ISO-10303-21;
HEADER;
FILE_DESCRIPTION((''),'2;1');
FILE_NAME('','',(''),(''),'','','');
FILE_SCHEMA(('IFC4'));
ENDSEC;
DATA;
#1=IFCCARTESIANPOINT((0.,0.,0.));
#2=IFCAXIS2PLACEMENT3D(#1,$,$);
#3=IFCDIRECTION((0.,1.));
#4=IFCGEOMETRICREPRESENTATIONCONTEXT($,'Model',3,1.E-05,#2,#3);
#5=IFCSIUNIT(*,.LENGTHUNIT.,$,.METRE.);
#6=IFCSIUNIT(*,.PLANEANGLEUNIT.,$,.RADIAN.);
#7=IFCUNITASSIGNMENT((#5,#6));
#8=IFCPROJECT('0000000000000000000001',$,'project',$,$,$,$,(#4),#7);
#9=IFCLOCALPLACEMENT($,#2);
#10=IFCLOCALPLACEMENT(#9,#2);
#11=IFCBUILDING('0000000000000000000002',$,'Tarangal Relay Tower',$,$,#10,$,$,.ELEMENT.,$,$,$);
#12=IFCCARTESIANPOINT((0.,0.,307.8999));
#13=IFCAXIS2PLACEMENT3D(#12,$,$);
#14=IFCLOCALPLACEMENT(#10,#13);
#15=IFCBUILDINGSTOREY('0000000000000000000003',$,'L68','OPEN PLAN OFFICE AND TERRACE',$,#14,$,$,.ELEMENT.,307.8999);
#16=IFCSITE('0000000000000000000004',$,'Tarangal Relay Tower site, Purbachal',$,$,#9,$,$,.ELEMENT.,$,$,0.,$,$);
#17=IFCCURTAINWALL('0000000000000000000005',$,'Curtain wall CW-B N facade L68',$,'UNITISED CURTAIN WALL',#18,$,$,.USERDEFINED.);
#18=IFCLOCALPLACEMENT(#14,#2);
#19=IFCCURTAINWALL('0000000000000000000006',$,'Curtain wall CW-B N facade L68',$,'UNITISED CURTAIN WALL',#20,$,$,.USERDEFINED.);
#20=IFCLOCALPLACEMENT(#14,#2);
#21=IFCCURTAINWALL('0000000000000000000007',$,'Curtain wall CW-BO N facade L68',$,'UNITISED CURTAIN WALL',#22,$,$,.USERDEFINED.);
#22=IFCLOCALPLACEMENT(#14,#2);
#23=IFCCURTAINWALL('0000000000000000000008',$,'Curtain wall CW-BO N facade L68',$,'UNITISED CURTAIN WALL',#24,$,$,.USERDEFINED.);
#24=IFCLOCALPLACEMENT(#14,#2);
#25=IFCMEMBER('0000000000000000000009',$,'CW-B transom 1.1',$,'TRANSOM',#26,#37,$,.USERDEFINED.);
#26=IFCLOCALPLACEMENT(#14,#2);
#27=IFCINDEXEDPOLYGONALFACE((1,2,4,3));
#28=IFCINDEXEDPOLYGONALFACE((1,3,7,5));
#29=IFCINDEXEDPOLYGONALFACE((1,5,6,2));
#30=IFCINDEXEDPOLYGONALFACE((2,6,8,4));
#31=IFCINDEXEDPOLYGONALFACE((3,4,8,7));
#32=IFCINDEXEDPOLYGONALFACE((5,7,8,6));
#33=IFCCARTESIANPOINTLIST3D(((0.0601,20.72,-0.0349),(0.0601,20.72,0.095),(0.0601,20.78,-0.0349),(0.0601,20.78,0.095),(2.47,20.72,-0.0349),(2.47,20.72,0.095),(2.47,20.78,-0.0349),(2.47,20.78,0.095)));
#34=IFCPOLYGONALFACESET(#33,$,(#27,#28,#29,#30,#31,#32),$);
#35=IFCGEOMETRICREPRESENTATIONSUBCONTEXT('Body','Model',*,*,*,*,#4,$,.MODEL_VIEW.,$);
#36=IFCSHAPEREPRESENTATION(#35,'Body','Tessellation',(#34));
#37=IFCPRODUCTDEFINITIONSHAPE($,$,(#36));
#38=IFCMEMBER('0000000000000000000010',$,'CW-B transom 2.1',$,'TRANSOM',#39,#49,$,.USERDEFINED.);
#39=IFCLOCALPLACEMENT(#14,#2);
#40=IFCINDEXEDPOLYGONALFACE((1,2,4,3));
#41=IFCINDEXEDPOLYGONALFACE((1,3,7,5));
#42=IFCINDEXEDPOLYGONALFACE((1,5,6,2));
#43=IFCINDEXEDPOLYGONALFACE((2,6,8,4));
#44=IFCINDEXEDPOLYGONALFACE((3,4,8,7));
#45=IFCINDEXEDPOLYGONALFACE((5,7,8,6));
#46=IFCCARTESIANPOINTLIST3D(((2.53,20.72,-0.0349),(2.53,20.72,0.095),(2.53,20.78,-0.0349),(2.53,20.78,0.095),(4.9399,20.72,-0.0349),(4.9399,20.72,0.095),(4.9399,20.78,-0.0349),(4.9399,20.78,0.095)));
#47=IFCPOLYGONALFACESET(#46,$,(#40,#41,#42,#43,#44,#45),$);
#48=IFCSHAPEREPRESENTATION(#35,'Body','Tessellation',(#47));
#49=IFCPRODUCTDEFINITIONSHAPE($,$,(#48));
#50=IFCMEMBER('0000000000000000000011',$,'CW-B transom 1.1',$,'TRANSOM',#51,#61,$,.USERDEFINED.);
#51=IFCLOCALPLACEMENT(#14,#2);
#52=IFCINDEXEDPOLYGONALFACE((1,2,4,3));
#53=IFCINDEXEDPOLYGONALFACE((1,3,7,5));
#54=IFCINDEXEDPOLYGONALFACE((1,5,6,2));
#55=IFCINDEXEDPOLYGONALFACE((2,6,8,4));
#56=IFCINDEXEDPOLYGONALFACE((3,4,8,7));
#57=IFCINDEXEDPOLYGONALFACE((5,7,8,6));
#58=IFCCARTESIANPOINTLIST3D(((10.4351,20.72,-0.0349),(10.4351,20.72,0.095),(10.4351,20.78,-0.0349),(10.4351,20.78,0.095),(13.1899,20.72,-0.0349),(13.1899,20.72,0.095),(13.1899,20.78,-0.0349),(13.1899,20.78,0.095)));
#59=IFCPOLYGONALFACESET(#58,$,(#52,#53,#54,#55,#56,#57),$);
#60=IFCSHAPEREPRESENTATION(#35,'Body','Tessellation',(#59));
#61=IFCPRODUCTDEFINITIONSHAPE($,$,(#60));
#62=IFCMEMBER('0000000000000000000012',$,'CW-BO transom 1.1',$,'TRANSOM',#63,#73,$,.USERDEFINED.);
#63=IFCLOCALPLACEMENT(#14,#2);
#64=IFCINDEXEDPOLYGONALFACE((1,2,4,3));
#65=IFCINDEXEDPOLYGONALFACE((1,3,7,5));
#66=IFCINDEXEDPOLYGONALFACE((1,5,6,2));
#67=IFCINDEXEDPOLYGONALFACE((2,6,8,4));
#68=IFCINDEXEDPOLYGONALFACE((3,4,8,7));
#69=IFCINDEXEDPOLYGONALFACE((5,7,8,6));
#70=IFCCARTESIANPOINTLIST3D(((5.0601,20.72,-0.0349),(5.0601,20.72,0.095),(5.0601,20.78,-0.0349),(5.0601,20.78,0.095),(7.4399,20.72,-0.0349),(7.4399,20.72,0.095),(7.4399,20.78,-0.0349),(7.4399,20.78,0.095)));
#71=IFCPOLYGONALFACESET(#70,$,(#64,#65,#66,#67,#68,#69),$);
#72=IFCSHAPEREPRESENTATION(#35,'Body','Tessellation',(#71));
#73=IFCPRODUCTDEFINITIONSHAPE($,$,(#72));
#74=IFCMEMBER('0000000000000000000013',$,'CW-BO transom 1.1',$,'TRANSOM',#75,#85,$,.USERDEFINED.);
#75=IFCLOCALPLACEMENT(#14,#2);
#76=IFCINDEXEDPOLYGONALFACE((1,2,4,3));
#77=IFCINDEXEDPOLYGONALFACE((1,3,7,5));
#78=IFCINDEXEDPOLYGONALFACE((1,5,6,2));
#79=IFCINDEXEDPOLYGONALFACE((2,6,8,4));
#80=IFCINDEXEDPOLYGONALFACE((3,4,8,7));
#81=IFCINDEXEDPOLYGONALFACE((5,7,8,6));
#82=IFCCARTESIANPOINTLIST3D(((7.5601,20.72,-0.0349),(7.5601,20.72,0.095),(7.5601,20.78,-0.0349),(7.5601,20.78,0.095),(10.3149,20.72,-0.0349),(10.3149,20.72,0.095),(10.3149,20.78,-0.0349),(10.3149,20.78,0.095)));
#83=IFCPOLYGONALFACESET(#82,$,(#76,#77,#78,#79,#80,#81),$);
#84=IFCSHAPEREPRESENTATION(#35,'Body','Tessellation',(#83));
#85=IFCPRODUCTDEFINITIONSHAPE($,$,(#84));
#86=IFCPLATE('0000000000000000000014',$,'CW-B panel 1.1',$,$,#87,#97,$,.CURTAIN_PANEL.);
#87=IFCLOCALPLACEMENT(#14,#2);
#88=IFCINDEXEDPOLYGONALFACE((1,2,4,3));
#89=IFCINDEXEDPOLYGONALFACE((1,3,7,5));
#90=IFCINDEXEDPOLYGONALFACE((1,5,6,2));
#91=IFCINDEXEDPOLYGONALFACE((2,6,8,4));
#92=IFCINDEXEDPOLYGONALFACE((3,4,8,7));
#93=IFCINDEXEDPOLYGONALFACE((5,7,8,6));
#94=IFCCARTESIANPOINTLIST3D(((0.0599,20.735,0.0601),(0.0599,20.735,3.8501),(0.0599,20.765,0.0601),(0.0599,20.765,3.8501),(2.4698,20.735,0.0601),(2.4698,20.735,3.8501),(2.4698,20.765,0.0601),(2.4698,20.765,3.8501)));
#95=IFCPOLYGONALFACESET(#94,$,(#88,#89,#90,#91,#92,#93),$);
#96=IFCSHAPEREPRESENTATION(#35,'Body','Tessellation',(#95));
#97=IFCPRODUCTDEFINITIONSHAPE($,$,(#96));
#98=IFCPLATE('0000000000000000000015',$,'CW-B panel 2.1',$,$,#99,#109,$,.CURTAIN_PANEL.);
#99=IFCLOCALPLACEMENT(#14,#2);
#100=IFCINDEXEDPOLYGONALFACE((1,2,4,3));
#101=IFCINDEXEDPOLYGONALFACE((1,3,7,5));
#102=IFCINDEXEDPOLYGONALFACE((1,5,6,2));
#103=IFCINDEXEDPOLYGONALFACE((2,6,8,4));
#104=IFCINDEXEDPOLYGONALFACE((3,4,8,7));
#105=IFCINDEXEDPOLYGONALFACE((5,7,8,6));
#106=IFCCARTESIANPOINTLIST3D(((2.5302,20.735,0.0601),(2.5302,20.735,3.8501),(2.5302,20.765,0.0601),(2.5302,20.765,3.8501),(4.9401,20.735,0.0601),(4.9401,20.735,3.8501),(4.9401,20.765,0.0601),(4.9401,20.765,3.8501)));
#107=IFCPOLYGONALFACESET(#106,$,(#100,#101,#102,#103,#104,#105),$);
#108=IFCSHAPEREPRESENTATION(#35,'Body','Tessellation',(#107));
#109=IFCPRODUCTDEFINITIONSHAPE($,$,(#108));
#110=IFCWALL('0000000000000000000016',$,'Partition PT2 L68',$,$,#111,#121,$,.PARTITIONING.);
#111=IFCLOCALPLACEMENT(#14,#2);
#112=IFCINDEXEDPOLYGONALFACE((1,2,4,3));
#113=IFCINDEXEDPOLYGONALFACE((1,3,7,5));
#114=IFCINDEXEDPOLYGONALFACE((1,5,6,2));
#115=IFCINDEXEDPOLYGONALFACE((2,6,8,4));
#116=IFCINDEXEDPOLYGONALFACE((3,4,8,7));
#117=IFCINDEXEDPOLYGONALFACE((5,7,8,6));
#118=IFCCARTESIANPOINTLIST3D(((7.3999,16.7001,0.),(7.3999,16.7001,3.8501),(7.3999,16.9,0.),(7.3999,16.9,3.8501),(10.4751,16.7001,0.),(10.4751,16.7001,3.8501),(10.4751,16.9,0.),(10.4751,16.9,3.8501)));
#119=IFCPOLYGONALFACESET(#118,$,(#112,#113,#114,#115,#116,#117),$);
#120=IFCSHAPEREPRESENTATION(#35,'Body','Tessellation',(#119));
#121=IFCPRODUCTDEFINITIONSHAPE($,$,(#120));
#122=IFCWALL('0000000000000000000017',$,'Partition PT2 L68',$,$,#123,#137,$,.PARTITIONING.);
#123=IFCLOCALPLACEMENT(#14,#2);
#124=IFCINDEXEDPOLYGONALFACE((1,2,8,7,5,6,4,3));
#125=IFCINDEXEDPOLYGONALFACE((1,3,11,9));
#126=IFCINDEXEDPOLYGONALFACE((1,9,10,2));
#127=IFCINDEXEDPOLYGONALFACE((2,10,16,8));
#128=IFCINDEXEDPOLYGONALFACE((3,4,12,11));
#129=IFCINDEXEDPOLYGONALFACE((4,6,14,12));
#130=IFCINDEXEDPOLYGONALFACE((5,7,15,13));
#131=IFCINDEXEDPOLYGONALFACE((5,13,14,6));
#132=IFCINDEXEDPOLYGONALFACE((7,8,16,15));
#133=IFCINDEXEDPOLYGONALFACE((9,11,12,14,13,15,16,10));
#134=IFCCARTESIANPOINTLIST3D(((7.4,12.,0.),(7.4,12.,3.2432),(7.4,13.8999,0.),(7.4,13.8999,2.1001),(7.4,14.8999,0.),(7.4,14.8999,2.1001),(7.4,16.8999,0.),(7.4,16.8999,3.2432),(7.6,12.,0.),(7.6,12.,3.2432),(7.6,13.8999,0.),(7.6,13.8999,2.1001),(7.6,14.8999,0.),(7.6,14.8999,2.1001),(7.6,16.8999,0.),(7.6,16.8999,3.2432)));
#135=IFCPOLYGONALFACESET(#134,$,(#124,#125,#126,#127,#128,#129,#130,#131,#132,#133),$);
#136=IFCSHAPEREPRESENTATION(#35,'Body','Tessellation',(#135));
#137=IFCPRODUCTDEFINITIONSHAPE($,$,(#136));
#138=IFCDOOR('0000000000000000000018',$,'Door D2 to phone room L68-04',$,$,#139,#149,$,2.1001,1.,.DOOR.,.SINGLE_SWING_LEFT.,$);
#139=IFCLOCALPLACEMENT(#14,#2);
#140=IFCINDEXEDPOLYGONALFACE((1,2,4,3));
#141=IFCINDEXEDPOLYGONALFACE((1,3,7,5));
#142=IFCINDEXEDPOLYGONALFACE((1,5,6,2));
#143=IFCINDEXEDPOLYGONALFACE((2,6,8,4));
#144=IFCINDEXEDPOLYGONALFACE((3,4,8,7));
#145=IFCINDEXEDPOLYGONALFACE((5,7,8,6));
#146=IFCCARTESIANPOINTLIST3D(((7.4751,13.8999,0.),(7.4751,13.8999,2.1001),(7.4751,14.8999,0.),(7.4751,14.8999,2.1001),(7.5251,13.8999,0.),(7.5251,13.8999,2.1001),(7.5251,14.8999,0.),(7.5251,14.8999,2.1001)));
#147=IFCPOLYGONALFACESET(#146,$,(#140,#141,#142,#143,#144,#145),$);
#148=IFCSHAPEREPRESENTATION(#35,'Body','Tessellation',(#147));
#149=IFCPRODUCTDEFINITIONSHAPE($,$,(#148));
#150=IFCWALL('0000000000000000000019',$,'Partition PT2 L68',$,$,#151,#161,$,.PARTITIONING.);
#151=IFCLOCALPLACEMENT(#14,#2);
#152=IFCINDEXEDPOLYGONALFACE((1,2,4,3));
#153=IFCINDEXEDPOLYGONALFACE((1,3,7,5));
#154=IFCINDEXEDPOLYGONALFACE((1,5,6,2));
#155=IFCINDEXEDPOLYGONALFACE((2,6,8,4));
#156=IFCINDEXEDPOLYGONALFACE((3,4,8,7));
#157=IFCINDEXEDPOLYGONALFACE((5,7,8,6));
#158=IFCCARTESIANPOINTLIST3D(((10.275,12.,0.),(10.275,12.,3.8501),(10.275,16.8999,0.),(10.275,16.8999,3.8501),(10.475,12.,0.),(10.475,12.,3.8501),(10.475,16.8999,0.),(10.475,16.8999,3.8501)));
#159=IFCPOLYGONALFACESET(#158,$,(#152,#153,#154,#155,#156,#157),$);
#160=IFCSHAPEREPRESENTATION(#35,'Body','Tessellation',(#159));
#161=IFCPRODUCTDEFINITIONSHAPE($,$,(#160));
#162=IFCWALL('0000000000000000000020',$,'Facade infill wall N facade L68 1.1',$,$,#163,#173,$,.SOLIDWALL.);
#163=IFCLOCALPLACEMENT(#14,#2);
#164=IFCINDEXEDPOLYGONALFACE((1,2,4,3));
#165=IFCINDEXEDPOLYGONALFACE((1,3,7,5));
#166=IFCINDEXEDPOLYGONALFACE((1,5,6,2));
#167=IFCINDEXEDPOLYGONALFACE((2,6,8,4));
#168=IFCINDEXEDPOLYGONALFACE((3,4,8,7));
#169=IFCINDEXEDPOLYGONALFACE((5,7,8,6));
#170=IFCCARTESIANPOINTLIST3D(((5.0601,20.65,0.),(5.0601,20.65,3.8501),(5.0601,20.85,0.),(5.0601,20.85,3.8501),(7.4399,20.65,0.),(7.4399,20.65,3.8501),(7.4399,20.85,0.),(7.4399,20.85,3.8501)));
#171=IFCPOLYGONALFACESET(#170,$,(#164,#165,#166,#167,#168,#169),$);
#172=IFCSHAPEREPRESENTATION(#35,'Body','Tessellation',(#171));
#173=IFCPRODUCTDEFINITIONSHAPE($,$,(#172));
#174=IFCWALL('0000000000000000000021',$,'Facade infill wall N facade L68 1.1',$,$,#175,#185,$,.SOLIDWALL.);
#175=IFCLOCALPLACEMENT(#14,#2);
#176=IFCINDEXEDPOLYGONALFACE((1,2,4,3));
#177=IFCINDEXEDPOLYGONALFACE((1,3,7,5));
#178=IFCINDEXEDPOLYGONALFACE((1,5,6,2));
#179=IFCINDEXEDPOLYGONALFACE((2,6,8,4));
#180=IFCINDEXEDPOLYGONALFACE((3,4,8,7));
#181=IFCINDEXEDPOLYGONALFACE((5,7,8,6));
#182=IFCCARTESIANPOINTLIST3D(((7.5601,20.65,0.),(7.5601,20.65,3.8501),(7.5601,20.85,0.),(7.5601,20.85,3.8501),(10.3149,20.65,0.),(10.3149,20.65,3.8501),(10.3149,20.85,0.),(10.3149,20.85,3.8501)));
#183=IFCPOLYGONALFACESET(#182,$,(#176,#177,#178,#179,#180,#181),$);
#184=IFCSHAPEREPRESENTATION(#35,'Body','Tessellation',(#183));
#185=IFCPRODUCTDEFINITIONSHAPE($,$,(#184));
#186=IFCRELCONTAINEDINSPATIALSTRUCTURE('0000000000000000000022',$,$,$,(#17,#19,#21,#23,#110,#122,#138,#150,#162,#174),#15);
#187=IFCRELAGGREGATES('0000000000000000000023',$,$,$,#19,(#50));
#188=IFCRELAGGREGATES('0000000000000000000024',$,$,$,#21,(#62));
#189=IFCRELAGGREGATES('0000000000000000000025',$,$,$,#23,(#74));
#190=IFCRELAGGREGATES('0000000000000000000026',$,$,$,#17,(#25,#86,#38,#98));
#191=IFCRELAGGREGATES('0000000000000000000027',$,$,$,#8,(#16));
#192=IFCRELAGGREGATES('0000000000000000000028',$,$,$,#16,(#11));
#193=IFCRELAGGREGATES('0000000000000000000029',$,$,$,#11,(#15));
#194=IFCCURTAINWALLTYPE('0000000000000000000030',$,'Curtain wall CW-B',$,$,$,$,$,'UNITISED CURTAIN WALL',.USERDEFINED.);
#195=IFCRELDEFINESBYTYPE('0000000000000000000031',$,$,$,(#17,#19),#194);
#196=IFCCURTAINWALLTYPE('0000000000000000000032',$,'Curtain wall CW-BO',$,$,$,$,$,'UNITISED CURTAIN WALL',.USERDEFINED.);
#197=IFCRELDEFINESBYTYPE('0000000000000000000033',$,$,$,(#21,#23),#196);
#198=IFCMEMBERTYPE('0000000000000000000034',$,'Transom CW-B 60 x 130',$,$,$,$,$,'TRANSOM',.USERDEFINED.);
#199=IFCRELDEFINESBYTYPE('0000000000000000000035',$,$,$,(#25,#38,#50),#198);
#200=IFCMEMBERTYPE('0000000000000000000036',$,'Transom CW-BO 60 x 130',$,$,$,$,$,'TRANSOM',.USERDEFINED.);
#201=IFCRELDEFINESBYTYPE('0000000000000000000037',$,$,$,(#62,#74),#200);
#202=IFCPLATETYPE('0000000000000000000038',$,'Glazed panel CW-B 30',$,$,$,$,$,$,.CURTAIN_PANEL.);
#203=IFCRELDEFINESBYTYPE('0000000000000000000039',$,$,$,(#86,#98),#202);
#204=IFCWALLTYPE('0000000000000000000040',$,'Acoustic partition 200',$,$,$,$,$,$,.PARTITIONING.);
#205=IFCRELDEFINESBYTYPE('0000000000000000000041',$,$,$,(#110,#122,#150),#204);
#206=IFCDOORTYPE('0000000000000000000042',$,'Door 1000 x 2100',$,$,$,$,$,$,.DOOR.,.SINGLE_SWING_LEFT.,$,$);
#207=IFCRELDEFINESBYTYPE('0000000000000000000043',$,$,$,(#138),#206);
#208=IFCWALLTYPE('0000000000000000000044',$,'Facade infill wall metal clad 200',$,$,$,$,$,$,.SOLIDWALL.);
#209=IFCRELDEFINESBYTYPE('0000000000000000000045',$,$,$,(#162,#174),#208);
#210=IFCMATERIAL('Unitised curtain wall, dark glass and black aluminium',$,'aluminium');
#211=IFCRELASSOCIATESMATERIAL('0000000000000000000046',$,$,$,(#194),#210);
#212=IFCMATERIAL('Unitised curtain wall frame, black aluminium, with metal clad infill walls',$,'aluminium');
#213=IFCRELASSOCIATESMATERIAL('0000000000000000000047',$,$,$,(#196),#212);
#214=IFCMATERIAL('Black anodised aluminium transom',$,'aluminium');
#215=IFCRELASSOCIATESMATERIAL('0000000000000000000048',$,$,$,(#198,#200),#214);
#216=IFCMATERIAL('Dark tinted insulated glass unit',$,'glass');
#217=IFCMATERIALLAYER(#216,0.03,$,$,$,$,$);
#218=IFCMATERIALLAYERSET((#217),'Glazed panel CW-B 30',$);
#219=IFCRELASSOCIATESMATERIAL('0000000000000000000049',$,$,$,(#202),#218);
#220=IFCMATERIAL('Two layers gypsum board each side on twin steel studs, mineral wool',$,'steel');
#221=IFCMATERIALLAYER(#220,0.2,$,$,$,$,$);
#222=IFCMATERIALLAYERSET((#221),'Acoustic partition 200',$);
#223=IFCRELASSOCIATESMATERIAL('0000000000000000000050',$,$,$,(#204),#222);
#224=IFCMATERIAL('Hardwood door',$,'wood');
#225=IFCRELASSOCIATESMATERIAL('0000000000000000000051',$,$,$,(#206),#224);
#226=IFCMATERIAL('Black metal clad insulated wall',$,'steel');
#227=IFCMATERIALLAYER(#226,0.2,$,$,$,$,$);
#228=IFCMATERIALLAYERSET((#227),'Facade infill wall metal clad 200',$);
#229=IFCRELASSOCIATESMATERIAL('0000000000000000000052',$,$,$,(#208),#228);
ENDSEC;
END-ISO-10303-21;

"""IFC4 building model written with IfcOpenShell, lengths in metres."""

from ifc_helpers import new_model, si_unit, direction, frame, frame_2d, origin, origin_2d, place, context, subcontext, project, spatial, rectangle, extrude, material, layer, layer_set, material_profile, profile_set, type_object, element, fill, aggregate, save


model = new_model("IFC4")

# Units and contexts
model_context = context("Model", 3, precision=1e-05, world=origin(), true_north=direction((0.0, 1.0)))
body_context = subcontext(model_context, "Body", "Model", "MODEL_VIEW")
ifc_project = project(units=[si_unit("LENGTHUNIT", "METRE"), si_unit("PLANEANGLEUNIT", "RADIAN")], contexts=[model_context])

# Site, building, storey
site_placement = place(None, origin())
site = spatial("IfcSite", under=ifc_project, at=site_placement, Name="Tarangal Relay Tower site, Purbachal", CompositionType="ELEMENT", RefElevation=0.0)
building_placement = place(site_placement, origin())
building = spatial("IfcBuilding", under=site, at=building_placement, Name="Tarangal Relay Tower", CompositionType="ELEMENT")
storey_placement = place(building_placement, frame((0.0, 0.0, 307.8999)))
storey = spatial("IfcBuildingStorey", under=building, at=storey_placement, Name="L68", Description="OPEN PLAN OFFICE AND TERRACE", CompositionType="ELEMENT", Elevation=307.8999)

# Curtain wall
ifc_material_1 = material(Name="Unitised curtain wall, dark glass and black aluminium", Category="aluminium")
curtain_wall_type_1 = type_object("IfcCurtainWallType", Name="Curtain wall CW-B", ElementType="UNITISED CURTAIN WALL", PredefinedType="USERDEFINED", material=ifc_material_1)
curtain_wall_1_placement = place(storey_placement, origin())
curtain_wall_1 = element("IfcCurtainWall", 1, at=curtain_wall_1_placement, inside=storey, type_object=curtain_wall_type_1, Name="Curtain wall CW-B N facade L68", ObjectType="UNITISED CURTAIN WALL", PredefinedType="USERDEFINED")

# Curtain wall
curtain_wall_2_placement = place(storey_placement, origin())
curtain_wall_2 = element("IfcCurtainWall", 2, at=curtain_wall_2_placement, inside=storey, type_object=curtain_wall_type_1, Name="Curtain wall CW-B N facade L68", ObjectType="UNITISED CURTAIN WALL", PredefinedType="USERDEFINED")

# Curtain walls
ifc_material_2 = material(Name="Unitised curtain wall frame, black aluminium, with metal clad infill walls", Category="aluminium")
curtain_wall_type_2 = type_object("IfcCurtainWallType", Name="Curtain wall CW-BO", ElementType="UNITISED CURTAIN WALL", PredefinedType="USERDEFINED", material=ifc_material_2)
curtain_wall_3_placement = place(storey_placement, origin())
curtain_wall_3 = element("IfcCurtainWall", 3, at=curtain_wall_3_placement, inside=storey, type_object=curtain_wall_type_2, Name="Curtain wall CW-BO N facade L68", ObjectType="UNITISED CURTAIN WALL", PredefinedType="USERDEFINED")
curtain_wall_4_placement = place(storey_placement, origin())
curtain_wall_4 = element("IfcCurtainWall", 4, at=curtain_wall_4_placement, inside=storey, type_object=curtain_wall_type_2, Name="Curtain wall CW-BO N facade L68", ObjectType="UNITISED CURTAIN WALL", PredefinedType="USERDEFINED")

# Members
ifc_material_3 = material(Name="Black anodised aluminium transom", Category="aluminium")
ifc_material_profile_1 = material_profile(ifc_material_3, rectangle(XDim=0.0601, YDim=0.1299, at=origin_2d()), Name="CW-BT 60X130")
ifc_profile_set_1 = profile_set([ifc_material_profile_1], Name="Black anodised aluminium transom")
member_type_1 = type_object("IfcMemberType", Name="Transom CW-B 60 x 130", ElementType="TRANSOM", PredefinedType="USERDEFINED", material=ifc_profile_set_1)
member_1_placement = place(storey_placement, frame((0.0601, 20.75, 0.03), z_axis=(1.0, 0.0, 0.0), x_axis=(0.0, 1.0, 0.0)))
member_1 = element("IfcMember", 5, at=member_1_placement, type_object=member_type_1, Name="CW-B transom 1.1", ObjectType="TRANSOM", PredefinedType="USERDEFINED", context=body_context, shape_type="SweptSolid", body=[
    extrude(rectangle(XDim=0.0601, YDim=0.1299, at=origin_2d()), origin(), (0.0, 0.0, 1.0), 2.4099),
])
member_2_placement = place(storey_placement, frame((2.53, 20.75, 0.03), z_axis=(1.0, 0.0, 0.0), x_axis=(0.0, 1.0, 0.0)))
member_2 = element("IfcMember", 6, at=member_2_placement, type_object=member_type_1, Name="CW-B transom 2.1", ObjectType="TRANSOM", PredefinedType="USERDEFINED", context=body_context, shape_type="SweptSolid", body=[
    extrude(rectangle(XDim=0.0601, YDim=0.1299, at=origin_2d()), origin(), (0.0, 0.0, 1.0), 2.4099),
])
member_3_placement = place(storey_placement, frame((10.4351, 20.75, 0.03), z_axis=(1.0, 0.0, 0.0), x_axis=(0.0, 1.0, 0.0)))
member_3 = element("IfcMember", 7, at=member_3_placement, type_object=member_type_1, Name="CW-B transom 1.1", ObjectType="TRANSOM", PredefinedType="USERDEFINED", context=body_context, shape_type="SweptSolid", body=[
    extrude(rectangle(XDim=0.0601, YDim=0.1299, at=origin_2d()), origin(), (0.0, 0.0, 1.0), 2.7549),
])
aggregate(curtain_wall_2, [member_3])
ifc_material_profile_2 = material_profile(ifc_material_3, rectangle(XDim=0.0601, YDim=0.1299, at=origin_2d()), Name="CW-BOT 60X130")
ifc_profile_set_2 = profile_set([ifc_material_profile_2], Name="Black anodised aluminium transom")
member_type_2 = type_object("IfcMemberType", Name="Transom CW-BO 60 x 130", ElementType="TRANSOM", PredefinedType="USERDEFINED", material=ifc_profile_set_2)
member_4_placement = place(storey_placement, frame((5.0601, 20.75, 0.03), z_axis=(1.0, 0.0, 0.0), x_axis=(0.0, 1.0, 0.0)))
member_4 = element("IfcMember", 8, at=member_4_placement, type_object=member_type_2, Name="CW-BO transom 1.1", ObjectType="TRANSOM", PredefinedType="USERDEFINED", context=body_context, shape_type="SweptSolid", body=[
    extrude(rectangle(XDim=0.0601, YDim=0.1299, at=origin_2d()), origin(), (0.0, 0.0, 1.0), 2.3799),
])
aggregate(curtain_wall_3, [member_4])
member_5_placement = place(storey_placement, frame((7.5601, 20.75, 0.03), z_axis=(1.0, 0.0, 0.0), x_axis=(0.0, 1.0, 0.0)))
member_5 = element("IfcMember", 9, at=member_5_placement, type_object=member_type_2, Name="CW-BO transom 1.1", ObjectType="TRANSOM", PredefinedType="USERDEFINED", context=body_context, shape_type="SweptSolid", body=[
    extrude(rectangle(XDim=0.0601, YDim=0.1299, at=origin_2d()), origin(), (0.0, 0.0, 1.0), 2.7549),
])
aggregate(curtain_wall_4, [member_5])

# Plates
ifc_material_4 = material(Name="Dark tinted insulated glass unit", Category="glass")
ifc_layer_1 = layer(ifc_material_4, 0.03)
ifc_layer_set_1 = layer_set([ifc_layer_1], Name="Glazed panel CW-B 30")
plate_type = type_object("IfcPlateType", Name="Glazed panel CW-B 30", PredefinedType="CURTAIN_PANEL", material=ifc_layer_set_1)
plate_1_placement = place(storey_placement, frame((1.2649, 20.75, 0.0601), z_axis=(0.0, 0.0, 1.0), x_axis=(1.0, 0.0, 0.0)))
plate_1 = element("IfcPlate", 10, at=plate_1_placement, type_object=plate_type, Name="CW-B panel 1.1", PredefinedType="CURTAIN_PANEL", context=body_context, shape_type="SweptSolid", body=[
    extrude(rectangle(XDim=2.4099, YDim=0.03, at=origin_2d()), origin(), (0.0, 0.0, 1.0), 3.79),
])
plate_2_placement = place(storey_placement, frame((3.7351, 20.75, 0.0601), z_axis=(0.0, 0.0, 1.0), x_axis=(1.0, 0.0, 0.0)))
plate_2 = element("IfcPlate", 11, at=plate_2_placement, type_object=plate_type, Name="CW-B panel 2.1", PredefinedType="CURTAIN_PANEL", context=body_context, shape_type="SweptSolid", body=[
    extrude(rectangle(XDim=2.4099, YDim=0.03, at=origin_2d()), origin(), (0.0, 0.0, 1.0), 3.79),
])
aggregate(curtain_wall_1, [member_1, plate_1, member_2, plate_2])

# Wall
ifc_material_5 = material(Name="Two layers gypsum board each side on twin steel studs, mineral wool", Category="steel")
ifc_layer_2 = layer(ifc_material_5, 0.2)
ifc_layer_set_2 = layer_set([ifc_layer_2], Name="Acoustic partition 200")
wall_type_1 = type_object("IfcWallType", Name="Acoustic partition 200", PredefinedType="PARTITIONING", material=ifc_layer_set_2)
wall_1_placement = place(storey_placement, frame((7.3999, 16.8, 0.0), z_axis=(0.0, 0.0, 1.0), x_axis=(1.0, 0.0, 0.0)))
element("IfcWall", 12, at=wall_1_placement, inside=storey, type_object=wall_type_1, Name="Partition PT2 L68", PredefinedType="PARTITIONING", context=body_context, shape_type="SweptSolid", body=[
    extrude(rectangle(XDim=3.0752, YDim=0.2, at=frame_2d((1.5376, 0.0))), origin(), (0.0, 0.0, 1.0), 3.8501),
])

# Wall, opening, door
wall_2_placement = place(storey_placement, frame((7.5, 12.0, 0.0), z_axis=(0.0, 0.0, 1.0), x_axis=(0.0, 1.0, 0.0)))
wall_2 = element("IfcWall", 13, at=wall_2_placement, inside=storey, type_object=wall_type_1, Name="Partition PT2 L68", PredefinedType="PARTITIONING", context=body_context, shape_type="SweptSolid", body=[
    extrude(rectangle(XDim=4.8999, YDim=0.2, at=frame_2d((2.45, 0.0))), origin(), (0.0, 0.0, 1.0), 3.2432),
])
opening_placement = place(wall_2_placement, frame((1.8999, 0.0, 0.0)))
opening = element("IfcOpeningElement", 14, at=opening_placement, cuts=wall_2, PredefinedType="OPENING", context=body_context, shape_type="SweptSolid", body=[
    extrude(rectangle(XDim=1.0, YDim=2.1001, at=frame_2d((0.5, 1.05))), frame((0.0, 0.1099, 0.0), z_axis=(0.0, -1.0, 0.0), x_axis=(1.0, 0.0, 0.0)), (0.0, 0.0, 1.0), 0.22),
])
ifc_material_6 = material(Name="Hardwood door", Category="wood")
door_type = type_object("IfcDoorType", Name="Door 1000 x 2100", OperationType="SINGLE_SWING_LEFT", PredefinedType="DOOR", material=ifc_material_6)
door_placement = place(opening_placement, origin())
door = element("IfcDoor", 15, at=door_placement, inside=storey, type_object=door_type, Name="Door D2 to phone room L68-04", OperationType="SINGLE_SWING_LEFT", OverallHeight=2.1001, OverallWidth=1.0, PredefinedType="DOOR", context=body_context, shape_type="SweptSolid", body=[
    extrude(rectangle(XDim=1.0, YDim=2.1001, at=frame_2d((0.5, 1.05))), frame((0.0, 0.0249, 0.0), z_axis=(0.0, -1.0, 0.0), x_axis=(1.0, 0.0, 0.0)), (0.0, 0.0, 1.0), 0.05),
])
fill(opening, door)

# Walls
wall_3_placement = place(storey_placement, frame((10.375, 12.0, 0.0), z_axis=(0.0, 0.0, 1.0), x_axis=(0.0, 1.0, 0.0)))
element("IfcWall", 16, at=wall_3_placement, inside=storey, type_object=wall_type_1, Name="Partition PT2 L68", PredefinedType="PARTITIONING", context=body_context, shape_type="SweptSolid", body=[
    extrude(rectangle(XDim=4.8999, YDim=0.2, at=frame_2d((2.45, 0.0))), origin(), (0.0, 0.0, 1.0), 3.8501),
])
ifc_material_7 = material(Name="Black metal clad insulated wall", Category="steel")
ifc_layer_3 = layer(ifc_material_7, 0.2)
ifc_layer_set_3 = layer_set([ifc_layer_3], Name="Facade infill wall metal clad 200")
wall_type_2 = type_object("IfcWallType", Name="Facade infill wall metal clad 200", PredefinedType="SOLIDWALL", material=ifc_layer_set_3)
wall_4_placement = place(storey_placement, frame((5.0601, 20.75, 0.0), z_axis=(0.0, 0.0, 1.0), x_axis=(1.0, 0.0, 0.0)))
element("IfcWall", 17, at=wall_4_placement, inside=storey, type_object=wall_type_2, Name="Facade infill wall N facade L68 1.1", PredefinedType="SOLIDWALL", context=body_context, shape_type="SweptSolid", body=[
    extrude(rectangle(XDim=2.3799, YDim=0.2, at=frame_2d((1.1899, 0.0))), origin(), (0.0, 0.0, 1.0), 3.8501),
])
wall_5_placement = place(storey_placement, frame((7.5601, 20.75, 0.0), z_axis=(0.0, 0.0, 1.0), x_axis=(1.0, 0.0, 0.0)))
element("IfcWall", 18, at=wall_5_placement, inside=storey, type_object=wall_type_2, Name="Facade infill wall N facade L68 1.1", PredefinedType="SOLIDWALL", context=body_context, shape_type="SweptSolid", body=[
    extrude(rectangle(XDim=2.7549, YDim=0.2, at=frame_2d((1.3774, 0.0))), origin(), (0.0, 0.0, 1.0), 3.8501),
])

save(model, "model.ifc")
